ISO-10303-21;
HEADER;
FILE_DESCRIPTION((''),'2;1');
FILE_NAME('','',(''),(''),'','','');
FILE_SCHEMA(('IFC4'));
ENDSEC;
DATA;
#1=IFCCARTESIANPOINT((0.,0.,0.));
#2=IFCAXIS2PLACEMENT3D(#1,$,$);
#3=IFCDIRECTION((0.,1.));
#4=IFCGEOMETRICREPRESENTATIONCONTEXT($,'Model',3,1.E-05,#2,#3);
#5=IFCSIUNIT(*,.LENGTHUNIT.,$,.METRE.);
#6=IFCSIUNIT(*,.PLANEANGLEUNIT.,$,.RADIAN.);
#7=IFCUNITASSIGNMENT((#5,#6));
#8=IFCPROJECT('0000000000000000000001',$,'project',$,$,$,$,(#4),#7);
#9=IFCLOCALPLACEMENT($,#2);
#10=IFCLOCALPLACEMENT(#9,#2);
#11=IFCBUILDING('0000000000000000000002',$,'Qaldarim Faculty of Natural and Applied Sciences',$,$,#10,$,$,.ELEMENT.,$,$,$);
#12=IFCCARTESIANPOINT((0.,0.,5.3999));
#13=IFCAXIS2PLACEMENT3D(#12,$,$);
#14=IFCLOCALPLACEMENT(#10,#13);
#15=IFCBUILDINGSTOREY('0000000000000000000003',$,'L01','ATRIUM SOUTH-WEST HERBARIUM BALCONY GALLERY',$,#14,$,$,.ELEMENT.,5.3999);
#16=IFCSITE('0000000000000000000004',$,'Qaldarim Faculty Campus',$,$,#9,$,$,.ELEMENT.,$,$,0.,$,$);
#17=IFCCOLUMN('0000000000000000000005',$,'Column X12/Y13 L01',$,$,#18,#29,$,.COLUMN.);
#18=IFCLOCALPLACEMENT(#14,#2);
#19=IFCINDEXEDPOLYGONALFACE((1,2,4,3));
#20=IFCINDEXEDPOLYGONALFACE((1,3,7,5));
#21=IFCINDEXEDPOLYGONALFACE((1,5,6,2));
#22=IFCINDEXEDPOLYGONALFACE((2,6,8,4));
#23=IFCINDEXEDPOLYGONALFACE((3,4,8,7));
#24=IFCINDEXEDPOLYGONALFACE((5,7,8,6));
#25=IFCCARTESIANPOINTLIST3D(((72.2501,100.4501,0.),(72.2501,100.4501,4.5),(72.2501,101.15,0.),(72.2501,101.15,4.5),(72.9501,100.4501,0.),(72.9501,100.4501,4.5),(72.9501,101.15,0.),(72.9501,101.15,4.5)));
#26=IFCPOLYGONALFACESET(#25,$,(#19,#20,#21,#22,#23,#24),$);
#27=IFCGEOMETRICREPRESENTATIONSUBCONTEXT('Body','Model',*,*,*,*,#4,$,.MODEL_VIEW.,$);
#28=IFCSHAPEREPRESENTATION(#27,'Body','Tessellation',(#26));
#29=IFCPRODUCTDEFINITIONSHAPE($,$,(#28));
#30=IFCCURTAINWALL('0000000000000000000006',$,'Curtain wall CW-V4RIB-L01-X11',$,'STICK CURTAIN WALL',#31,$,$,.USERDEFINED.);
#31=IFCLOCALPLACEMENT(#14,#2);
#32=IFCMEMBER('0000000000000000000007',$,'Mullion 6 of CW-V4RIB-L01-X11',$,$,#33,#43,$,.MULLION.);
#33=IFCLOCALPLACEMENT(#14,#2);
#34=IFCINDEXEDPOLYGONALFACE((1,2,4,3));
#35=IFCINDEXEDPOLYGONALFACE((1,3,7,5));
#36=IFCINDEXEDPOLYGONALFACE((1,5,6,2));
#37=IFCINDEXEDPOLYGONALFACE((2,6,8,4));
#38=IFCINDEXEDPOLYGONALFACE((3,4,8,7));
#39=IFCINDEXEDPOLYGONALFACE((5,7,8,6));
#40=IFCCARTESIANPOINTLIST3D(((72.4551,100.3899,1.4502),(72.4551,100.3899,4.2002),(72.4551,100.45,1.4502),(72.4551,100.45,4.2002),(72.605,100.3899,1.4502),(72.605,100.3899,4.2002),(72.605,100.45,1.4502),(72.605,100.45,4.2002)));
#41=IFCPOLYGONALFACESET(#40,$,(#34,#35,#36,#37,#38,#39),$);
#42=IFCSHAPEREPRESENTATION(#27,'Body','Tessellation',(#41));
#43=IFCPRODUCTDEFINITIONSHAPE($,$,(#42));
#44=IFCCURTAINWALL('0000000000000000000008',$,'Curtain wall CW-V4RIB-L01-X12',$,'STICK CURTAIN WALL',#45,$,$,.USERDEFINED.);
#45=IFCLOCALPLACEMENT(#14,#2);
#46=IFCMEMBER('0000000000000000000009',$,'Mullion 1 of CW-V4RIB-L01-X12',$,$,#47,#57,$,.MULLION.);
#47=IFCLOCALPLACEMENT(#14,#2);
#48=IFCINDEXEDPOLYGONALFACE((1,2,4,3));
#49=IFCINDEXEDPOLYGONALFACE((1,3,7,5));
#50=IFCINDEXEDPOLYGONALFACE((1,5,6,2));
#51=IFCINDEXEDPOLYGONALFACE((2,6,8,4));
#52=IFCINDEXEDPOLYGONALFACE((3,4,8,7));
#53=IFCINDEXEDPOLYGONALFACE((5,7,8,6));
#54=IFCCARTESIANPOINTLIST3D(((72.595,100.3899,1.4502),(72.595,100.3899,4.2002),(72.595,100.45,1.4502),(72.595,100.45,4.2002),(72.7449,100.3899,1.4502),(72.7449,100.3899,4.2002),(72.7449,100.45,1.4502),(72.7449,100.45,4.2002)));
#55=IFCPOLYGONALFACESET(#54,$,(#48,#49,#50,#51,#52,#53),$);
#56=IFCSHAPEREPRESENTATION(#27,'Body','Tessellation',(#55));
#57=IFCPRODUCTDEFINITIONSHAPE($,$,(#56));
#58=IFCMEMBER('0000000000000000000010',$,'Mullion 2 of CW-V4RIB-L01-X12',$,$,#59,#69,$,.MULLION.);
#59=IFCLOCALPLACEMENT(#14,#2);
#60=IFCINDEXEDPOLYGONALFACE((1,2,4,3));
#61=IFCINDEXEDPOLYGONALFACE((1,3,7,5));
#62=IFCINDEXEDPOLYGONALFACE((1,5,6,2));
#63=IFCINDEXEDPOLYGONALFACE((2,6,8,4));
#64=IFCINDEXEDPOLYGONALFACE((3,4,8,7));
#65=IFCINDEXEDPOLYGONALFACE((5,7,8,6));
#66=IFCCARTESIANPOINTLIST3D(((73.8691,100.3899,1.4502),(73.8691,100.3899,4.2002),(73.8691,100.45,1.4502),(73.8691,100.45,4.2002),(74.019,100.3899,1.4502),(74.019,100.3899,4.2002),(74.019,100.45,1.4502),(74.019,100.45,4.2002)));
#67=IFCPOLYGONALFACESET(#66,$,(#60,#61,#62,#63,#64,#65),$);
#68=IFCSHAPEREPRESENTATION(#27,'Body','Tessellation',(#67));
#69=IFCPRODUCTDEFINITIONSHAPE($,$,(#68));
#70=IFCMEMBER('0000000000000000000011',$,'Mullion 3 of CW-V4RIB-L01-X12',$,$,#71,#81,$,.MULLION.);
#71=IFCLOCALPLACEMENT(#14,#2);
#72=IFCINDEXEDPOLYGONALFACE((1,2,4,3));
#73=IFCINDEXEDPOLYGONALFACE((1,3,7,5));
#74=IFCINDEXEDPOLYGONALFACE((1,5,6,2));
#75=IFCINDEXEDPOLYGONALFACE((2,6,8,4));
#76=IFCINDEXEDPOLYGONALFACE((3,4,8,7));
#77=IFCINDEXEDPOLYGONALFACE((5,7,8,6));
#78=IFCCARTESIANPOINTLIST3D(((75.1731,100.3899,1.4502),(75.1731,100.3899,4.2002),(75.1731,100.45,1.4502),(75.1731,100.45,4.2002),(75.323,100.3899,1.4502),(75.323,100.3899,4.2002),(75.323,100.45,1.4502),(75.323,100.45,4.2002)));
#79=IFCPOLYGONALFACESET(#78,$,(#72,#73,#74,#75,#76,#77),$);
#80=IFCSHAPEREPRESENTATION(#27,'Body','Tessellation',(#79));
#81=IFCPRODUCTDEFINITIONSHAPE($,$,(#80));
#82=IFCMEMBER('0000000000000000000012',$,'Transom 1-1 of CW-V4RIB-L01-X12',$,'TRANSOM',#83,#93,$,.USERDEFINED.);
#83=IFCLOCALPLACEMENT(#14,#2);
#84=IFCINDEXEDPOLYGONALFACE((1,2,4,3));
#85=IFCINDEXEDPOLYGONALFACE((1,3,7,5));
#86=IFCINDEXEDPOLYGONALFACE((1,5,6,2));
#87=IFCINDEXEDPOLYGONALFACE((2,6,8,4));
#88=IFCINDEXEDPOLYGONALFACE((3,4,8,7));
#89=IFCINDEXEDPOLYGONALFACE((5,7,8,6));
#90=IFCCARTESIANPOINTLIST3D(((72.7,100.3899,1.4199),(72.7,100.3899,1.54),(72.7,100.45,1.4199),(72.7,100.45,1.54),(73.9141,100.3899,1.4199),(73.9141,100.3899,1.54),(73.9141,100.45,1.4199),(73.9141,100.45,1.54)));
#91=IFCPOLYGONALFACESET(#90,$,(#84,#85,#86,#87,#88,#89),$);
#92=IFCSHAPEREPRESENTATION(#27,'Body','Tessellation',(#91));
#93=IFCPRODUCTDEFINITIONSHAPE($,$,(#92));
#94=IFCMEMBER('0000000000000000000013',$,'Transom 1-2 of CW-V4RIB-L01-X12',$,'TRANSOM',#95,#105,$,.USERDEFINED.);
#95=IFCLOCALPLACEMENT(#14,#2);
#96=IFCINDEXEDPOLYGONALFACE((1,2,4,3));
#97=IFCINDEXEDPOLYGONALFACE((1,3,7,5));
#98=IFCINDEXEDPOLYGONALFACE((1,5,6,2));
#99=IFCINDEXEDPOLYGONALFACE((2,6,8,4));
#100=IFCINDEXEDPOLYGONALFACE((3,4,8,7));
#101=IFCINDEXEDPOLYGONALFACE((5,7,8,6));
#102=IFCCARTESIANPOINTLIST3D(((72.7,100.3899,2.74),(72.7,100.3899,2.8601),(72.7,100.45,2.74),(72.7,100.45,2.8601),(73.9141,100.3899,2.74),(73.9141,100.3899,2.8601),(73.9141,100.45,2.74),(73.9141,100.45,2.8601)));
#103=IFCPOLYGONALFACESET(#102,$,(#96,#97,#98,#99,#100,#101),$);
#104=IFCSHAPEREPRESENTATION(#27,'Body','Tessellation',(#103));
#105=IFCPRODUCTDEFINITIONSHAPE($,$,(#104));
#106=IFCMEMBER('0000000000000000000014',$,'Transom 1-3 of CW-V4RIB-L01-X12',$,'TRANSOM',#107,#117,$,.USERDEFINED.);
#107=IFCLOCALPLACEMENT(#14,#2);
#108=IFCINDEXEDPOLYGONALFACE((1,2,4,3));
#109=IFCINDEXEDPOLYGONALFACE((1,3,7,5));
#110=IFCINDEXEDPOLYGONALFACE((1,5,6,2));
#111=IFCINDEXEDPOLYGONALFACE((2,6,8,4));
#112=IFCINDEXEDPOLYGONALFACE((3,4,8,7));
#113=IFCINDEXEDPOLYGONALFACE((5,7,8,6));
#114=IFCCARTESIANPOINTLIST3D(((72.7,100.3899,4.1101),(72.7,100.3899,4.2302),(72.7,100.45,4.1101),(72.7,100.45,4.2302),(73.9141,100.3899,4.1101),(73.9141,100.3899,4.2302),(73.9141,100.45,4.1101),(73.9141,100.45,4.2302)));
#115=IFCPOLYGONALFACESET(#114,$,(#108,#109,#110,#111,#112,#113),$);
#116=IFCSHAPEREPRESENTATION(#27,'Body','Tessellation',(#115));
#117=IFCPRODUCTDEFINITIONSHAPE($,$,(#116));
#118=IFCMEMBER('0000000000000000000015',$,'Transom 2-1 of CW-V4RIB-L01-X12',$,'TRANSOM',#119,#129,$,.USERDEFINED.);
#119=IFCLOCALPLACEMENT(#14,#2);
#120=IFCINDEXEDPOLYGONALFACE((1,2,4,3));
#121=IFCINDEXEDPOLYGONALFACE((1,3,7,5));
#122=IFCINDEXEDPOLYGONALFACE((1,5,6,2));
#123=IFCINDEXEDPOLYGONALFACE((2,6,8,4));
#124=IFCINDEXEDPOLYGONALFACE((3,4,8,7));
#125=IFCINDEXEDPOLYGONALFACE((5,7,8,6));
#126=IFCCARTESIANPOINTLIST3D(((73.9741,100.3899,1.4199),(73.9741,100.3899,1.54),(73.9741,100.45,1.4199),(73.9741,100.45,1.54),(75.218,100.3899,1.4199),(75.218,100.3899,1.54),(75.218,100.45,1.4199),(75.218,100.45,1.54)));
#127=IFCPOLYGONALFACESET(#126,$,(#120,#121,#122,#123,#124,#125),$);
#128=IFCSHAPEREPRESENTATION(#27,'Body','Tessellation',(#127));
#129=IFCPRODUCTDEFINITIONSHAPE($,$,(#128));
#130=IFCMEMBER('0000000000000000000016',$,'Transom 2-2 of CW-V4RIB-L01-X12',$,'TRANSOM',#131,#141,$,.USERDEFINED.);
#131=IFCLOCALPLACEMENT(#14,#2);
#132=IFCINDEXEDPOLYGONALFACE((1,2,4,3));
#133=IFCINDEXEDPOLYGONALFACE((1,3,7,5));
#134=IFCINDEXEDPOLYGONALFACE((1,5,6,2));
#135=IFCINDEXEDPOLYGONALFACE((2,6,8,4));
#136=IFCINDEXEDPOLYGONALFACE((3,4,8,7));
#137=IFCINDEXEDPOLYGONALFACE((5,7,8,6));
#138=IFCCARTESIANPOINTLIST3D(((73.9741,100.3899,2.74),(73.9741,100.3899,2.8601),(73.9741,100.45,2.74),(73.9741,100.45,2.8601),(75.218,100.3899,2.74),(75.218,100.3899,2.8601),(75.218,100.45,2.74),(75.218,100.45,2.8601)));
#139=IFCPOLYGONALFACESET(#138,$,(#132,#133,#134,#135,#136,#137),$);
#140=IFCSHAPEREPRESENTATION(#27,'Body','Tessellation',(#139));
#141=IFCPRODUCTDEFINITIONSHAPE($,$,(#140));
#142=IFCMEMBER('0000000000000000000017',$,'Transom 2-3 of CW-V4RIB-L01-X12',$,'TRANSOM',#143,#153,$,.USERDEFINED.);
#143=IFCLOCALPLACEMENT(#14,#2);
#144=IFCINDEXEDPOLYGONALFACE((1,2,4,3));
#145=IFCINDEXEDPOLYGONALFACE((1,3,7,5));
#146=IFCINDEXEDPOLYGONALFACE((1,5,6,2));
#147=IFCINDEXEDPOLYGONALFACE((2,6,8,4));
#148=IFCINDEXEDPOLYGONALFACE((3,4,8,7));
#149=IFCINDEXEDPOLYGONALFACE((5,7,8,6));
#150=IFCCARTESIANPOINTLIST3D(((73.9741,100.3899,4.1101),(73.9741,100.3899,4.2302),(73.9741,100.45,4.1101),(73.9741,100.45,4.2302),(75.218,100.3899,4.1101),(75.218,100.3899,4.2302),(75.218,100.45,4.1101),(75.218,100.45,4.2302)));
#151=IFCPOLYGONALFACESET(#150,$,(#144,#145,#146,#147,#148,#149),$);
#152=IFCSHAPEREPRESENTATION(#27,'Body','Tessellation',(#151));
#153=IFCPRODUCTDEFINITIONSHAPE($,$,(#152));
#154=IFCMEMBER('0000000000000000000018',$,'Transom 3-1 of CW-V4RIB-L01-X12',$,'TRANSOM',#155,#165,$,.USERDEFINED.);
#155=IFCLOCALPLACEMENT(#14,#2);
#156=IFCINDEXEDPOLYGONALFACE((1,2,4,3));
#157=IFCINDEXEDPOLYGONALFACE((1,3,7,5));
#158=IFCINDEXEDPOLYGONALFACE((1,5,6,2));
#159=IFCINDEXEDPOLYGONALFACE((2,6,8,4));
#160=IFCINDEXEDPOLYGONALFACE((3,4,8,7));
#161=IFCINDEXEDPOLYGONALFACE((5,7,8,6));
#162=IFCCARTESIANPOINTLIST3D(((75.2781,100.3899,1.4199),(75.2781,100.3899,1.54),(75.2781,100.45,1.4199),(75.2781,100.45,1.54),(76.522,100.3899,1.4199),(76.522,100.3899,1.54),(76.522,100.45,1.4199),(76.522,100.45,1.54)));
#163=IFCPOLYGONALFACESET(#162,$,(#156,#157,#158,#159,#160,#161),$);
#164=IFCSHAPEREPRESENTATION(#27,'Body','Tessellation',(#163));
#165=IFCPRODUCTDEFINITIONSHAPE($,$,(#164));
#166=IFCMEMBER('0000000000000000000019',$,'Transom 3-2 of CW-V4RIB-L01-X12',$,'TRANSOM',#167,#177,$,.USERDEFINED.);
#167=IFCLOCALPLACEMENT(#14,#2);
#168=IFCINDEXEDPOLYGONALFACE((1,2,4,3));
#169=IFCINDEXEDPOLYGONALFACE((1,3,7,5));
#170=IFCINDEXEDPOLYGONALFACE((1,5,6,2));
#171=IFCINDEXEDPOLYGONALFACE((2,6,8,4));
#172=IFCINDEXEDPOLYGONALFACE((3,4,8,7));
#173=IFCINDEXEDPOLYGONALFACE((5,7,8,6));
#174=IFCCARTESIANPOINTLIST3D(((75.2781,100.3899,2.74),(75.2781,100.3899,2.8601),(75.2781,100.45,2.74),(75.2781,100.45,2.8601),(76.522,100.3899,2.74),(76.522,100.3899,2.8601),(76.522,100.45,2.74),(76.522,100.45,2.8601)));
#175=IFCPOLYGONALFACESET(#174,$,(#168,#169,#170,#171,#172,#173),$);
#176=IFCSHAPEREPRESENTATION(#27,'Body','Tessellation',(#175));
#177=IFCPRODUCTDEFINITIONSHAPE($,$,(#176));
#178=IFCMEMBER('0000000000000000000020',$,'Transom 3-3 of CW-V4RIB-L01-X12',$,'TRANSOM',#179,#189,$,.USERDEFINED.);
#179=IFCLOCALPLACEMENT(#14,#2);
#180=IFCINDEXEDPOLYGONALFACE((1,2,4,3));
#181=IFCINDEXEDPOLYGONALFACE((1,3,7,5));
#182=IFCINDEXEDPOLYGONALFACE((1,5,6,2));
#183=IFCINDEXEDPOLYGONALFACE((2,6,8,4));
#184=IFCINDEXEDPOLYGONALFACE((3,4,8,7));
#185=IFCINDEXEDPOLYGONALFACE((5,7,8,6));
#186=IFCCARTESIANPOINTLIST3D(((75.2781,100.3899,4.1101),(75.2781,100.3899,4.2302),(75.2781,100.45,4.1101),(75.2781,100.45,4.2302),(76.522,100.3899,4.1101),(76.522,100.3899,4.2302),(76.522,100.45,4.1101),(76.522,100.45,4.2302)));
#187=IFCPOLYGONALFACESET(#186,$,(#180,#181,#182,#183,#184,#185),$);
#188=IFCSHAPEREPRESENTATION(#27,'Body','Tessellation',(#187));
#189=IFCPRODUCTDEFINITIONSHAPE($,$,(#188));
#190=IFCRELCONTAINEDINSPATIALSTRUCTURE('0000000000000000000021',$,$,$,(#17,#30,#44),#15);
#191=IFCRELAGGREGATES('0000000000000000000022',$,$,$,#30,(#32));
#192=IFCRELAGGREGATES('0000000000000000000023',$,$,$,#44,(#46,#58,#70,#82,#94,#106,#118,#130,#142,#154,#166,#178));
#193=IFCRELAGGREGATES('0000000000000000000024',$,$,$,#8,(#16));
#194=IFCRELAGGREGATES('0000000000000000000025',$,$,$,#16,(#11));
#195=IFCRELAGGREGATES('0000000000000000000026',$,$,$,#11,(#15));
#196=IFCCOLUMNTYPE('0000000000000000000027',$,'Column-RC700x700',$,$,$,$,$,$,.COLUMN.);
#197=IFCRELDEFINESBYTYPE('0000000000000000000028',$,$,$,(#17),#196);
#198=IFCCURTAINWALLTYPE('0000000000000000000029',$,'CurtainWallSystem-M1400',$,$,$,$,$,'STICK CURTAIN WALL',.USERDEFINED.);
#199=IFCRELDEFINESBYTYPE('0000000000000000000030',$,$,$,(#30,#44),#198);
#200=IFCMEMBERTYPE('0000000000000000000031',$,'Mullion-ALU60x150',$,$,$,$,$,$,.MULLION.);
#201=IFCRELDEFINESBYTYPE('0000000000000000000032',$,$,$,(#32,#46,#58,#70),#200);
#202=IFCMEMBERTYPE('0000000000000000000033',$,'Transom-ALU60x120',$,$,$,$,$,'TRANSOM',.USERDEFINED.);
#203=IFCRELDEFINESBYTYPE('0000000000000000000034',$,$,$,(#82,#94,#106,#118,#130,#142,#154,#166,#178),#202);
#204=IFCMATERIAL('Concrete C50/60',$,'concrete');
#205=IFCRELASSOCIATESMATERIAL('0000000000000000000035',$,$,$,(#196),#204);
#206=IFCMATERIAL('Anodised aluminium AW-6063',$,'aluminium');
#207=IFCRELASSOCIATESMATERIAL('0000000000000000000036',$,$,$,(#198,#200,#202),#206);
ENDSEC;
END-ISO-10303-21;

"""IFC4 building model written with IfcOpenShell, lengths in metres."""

from ifc_helpers import new_model, si_unit, direction, frame, origin, origin_2d, place, context, subcontext, project, spatial, rectangle, extrude, material, material_profile, profile_set, type_object, element, aggregate, save


model = new_model("IFC4")

# Units and contexts
model_context = context("Model", 3, precision=1e-05, world=origin(), true_north=direction((0.0, 1.0)))
body_context = subcontext(model_context, "Body", "Model", "MODEL_VIEW")
ifc_project = project(units=[si_unit("LENGTHUNIT", "METRE"), si_unit("PLANEANGLEUNIT", "RADIAN")], contexts=[model_context])

# Site, building, storey
site_placement = place(None, origin())
site = spatial("IfcSite", under=ifc_project, at=site_placement, Name="Qaldarim Faculty Campus", CompositionType="ELEMENT", RefElevation=0.0)
building_placement = place(site_placement, origin())
building = spatial("IfcBuilding", under=site, at=building_placement, Name="Qaldarim Faculty of Natural and Applied Sciences", CompositionType="ELEMENT")
storey_placement = place(building_placement, frame((0.0, 0.0, 5.3999)))
storey = spatial("IfcBuildingStorey", under=building, at=storey_placement, Name="L01", Description="ATRIUM SOUTH-WEST HERBARIUM BALCONY GALLERY", CompositionType="ELEMENT", Elevation=5.3999)

# Column
ifc_material_1 = material(Name="Concrete C50/60", Category="concrete")
ifc_material_profile_1 = material_profile(ifc_material_1, rectangle(XDim=0.7, YDim=0.7, at=origin_2d()), Name="RC-C700x700")
ifc_profile_set_1 = profile_set([ifc_material_profile_1], Name="Concrete C50/60")
column_type = type_object("IfcColumnType", Name="Column-RC700x700", PredefinedType="COLUMN", material=ifc_profile_set_1)
column_placement = place(storey_placement, frame((72.6001, 100.8, 0.0), z_axis=(0.0, 0.0, 1.0), x_axis=(1.0, 0.0, 0.0)))
element("IfcColumn", 1, at=column_placement, inside=storey, type_object=column_type, Name="Column X12/Y13 L01", PredefinedType="COLUMN", context=body_context, shape_type="SweptSolid", body=[
    extrude(rectangle(XDim=0.7, YDim=0.7, at=origin_2d()), origin(), (0.0, 0.0, 1.0), 4.5),
])

# Curtain wall, member
ifc_material_2 = material(Name="Anodised aluminium AW-6063", Category="aluminium")
curtain_wall_type = type_object("IfcCurtainWallType", Name="CurtainWallSystem-M1400", ElementType="STICK CURTAIN WALL", PredefinedType="USERDEFINED", material=ifc_material_2)
curtain_wall_1_placement = place(storey_placement, origin())
curtain_wall_1 = element("IfcCurtainWall", 2, at=curtain_wall_1_placement, inside=storey, type_object=curtain_wall_type, Name="Curtain wall CW-V4RIB-L01-X11", ObjectType="STICK CURTAIN WALL", PredefinedType="USERDEFINED")
ifc_material_profile_2 = material_profile(ifc_material_2, rectangle(XDim=0.0601, YDim=0.1499, at=origin_2d()), Name="ALU-M60x150")
ifc_profile_set_2 = profile_set([ifc_material_profile_2], Name="Anodised aluminium AW-6063")
member_type_1 = type_object("IfcMemberType", Name="Mullion-ALU60x150", PredefinedType="MULLION", material=ifc_profile_set_2)
member_1_placement = place(storey_placement, frame((72.53, 100.4199, 1.4502), z_axis=(0.0, 0.0, 1.0), x_axis=(0.0, 1.0, 0.0)))
member_1 = element("IfcMember", 3, at=member_1_placement, type_object=member_type_1, Name="Mullion 6 of CW-V4RIB-L01-X11", PredefinedType="MULLION", context=body_context, shape_type="SweptSolid", body=[
    extrude(rectangle(XDim=0.0601, YDim=0.1499, at=origin_2d()), origin(), (0.0, 0.0, 1.0), 2.75),
])

# Curtain wall, members
curtain_wall_2_placement = place(storey_placement, origin())
curtain_wall_2 = element("IfcCurtainWall", 4, at=curtain_wall_2_placement, inside=storey, type_object=curtain_wall_type, Name="Curtain wall CW-V4RIB-L01-X12", ObjectType="STICK CURTAIN WALL", PredefinedType="USERDEFINED")
member_2_placement = place(storey_placement, frame((72.6699, 100.4199, 1.4502), z_axis=(0.0, 0.0, 1.0), x_axis=(0.0, 1.0, 0.0)))
member_2 = element("IfcMember", 5, at=member_2_placement, type_object=member_type_1, Name="Mullion 1 of CW-V4RIB-L01-X12", PredefinedType="MULLION", context=body_context, shape_type="SweptSolid", body=[
    extrude(rectangle(XDim=0.0601, YDim=0.1499, at=origin_2d()), origin(), (0.0, 0.0, 1.0), 2.75),
])
member_3_placement = place(storey_placement, frame((73.9441, 100.4199, 1.4502), z_axis=(0.0, 0.0, 1.0), x_axis=(0.0, 1.0, 0.0)))
member_3 = element("IfcMember", 6, at=member_3_placement, type_object=member_type_1, Name="Mullion 2 of CW-V4RIB-L01-X12", PredefinedType="MULLION", context=body_context, shape_type="SweptSolid", body=[
    extrude(rectangle(XDim=0.0601, YDim=0.1499, at=origin_2d()), origin(), (0.0, 0.0, 1.0), 2.75),
])
member_4_placement = place(storey_placement, frame((75.248, 100.4199, 1.4502), z_axis=(0.0, 0.0, 1.0), x_axis=(0.0, 1.0, 0.0)))
member_4 = element("IfcMember", 7, at=member_4_placement, type_object=member_type_1, Name="Mullion 3 of CW-V4RIB-L01-X12", PredefinedType="MULLION", context=body_context, shape_type="SweptSolid", body=[
    extrude(rectangle(XDim=0.0601, YDim=0.1499, at=origin_2d()), origin(), (0.0, 0.0, 1.0), 2.75),
])
ifc_material_profile_3 = material_profile(ifc_material_2, rectangle(XDim=0.0601, YDim=0.1201, at=origin_2d()), Name="ALU-T60x120")
ifc_profile_set_3 = profile_set([ifc_material_profile_3], Name="Anodised aluminium AW-6063")
member_type_2 = type_object("IfcMemberType", Name="Transom-ALU60x120", ElementType="TRANSOM", PredefinedType="USERDEFINED", material=ifc_profile_set_3)
member_5_placement = place(storey_placement, frame((72.7, 100.4199, 1.48), z_axis=(1.0, 0.0, 0.0), x_axis=(0.0, 1.0, 0.0)))
member_5 = element("IfcMember", 8, at=member_5_placement, type_object=member_type_2, Name="Transom 1-1 of CW-V4RIB-L01-X12", ObjectType="TRANSOM", PredefinedType="USERDEFINED", context=body_context, shape_type="SweptSolid", body=[
    extrude(rectangle(XDim=0.0601, YDim=0.1201, at=origin_2d()), origin(), (0.0, 0.0, 1.0), 1.2141),
])
member_6_placement = place(storey_placement, frame((72.7, 100.4199, 2.8), z_axis=(1.0, 0.0, 0.0), x_axis=(0.0, 1.0, 0.0)))
member_6 = element("IfcMember", 9, at=member_6_placement, type_object=member_type_2, Name="Transom 1-2 of CW-V4RIB-L01-X12", ObjectType="TRANSOM", PredefinedType="USERDEFINED", context=body_context, shape_type="SweptSolid", body=[
    extrude(rectangle(XDim=0.0601, YDim=0.1201, at=origin_2d()), origin(), (0.0, 0.0, 1.0), 1.2141),
])
member_7_placement = place(storey_placement, frame((72.7, 100.4199, 4.1702), z_axis=(1.0, 0.0, 0.0), x_axis=(0.0, 1.0, 0.0)))
member_7 = element("IfcMember", 10, at=member_7_placement, type_object=member_type_2, Name="Transom 1-3 of CW-V4RIB-L01-X12", ObjectType="TRANSOM", PredefinedType="USERDEFINED", context=body_context, shape_type="SweptSolid", body=[
    extrude(rectangle(XDim=0.0601, YDim=0.1201, at=origin_2d()), origin(), (0.0, 0.0, 1.0), 1.2141),
])
member_8_placement = place(storey_placement, frame((73.9741, 100.4199, 1.48), z_axis=(1.0, 0.0, 0.0), x_axis=(0.0, 1.0, 0.0)))
member_8 = element("IfcMember", 11, at=member_8_placement, type_object=member_type_2, Name="Transom 2-1 of CW-V4RIB-L01-X12", ObjectType="TRANSOM", PredefinedType="USERDEFINED", context=body_context, shape_type="SweptSolid", body=[
    extrude(rectangle(XDim=0.0601, YDim=0.1201, at=origin_2d()), origin(), (0.0, 0.0, 1.0), 1.2439),
])
member_9_placement = place(storey_placement, frame((73.9741, 100.4199, 2.8), z_axis=(1.0, 0.0, 0.0), x_axis=(0.0, 1.0, 0.0)))
member_9 = element("IfcMember", 12, at=member_9_placement, type_object=member_type_2, Name="Transom 2-2 of CW-V4RIB-L01-X12", ObjectType="TRANSOM", PredefinedType="USERDEFINED", context=body_context, shape_type="SweptSolid", body=[
    extrude(rectangle(XDim=0.0601, YDim=0.1201, at=origin_2d()), origin(), (0.0, 0.0, 1.0), 1.2439),
])
member_10_placement = place(storey_placement, frame((73.9741, 100.4199, 4.1702), z_axis=(1.0, 0.0, 0.0), x_axis=(0.0, 1.0, 0.0)))
member_10 = element("IfcMember", 13, at=member_10_placement, type_object=member_type_2, Name="Transom 2-3 of CW-V4RIB-L01-X12", ObjectType="TRANSOM", PredefinedType="USERDEFINED", context=body_context, shape_type="SweptSolid", body=[
    extrude(rectangle(XDim=0.0601, YDim=0.1201, at=origin_2d()), origin(), (0.0, 0.0, 1.0), 1.2439),
])
member_11_placement = place(storey_placement, frame((75.2781, 100.4199, 1.48), z_axis=(1.0, 0.0, 0.0), x_axis=(0.0, 1.0, 0.0)))
member_11 = element("IfcMember", 14, at=member_11_placement, type_object=member_type_2, Name="Transom 3-1 of CW-V4RIB-L01-X12", ObjectType="TRANSOM", PredefinedType="USERDEFINED", context=body_context, shape_type="SweptSolid", body=[
    extrude(rectangle(XDim=0.0601, YDim=0.1201, at=origin_2d()), origin(), (0.0, 0.0, 1.0), 1.2439),
])
member_12_placement = place(storey_placement, frame((75.2781, 100.4199, 2.8), z_axis=(1.0, 0.0, 0.0), x_axis=(0.0, 1.0, 0.0)))
member_12 = element("IfcMember", 15, at=member_12_placement, type_object=member_type_2, Name="Transom 3-2 of CW-V4RIB-L01-X12", ObjectType="TRANSOM", PredefinedType="USERDEFINED", context=body_context, shape_type="SweptSolid", body=[
    extrude(rectangle(XDim=0.0601, YDim=0.1201, at=origin_2d()), origin(), (0.0, 0.0, 1.0), 1.2439),
])
member_13_placement = place(storey_placement, frame((75.2781, 100.4199, 4.1702), z_axis=(1.0, 0.0, 0.0), x_axis=(0.0, 1.0, 0.0)))
member_13 = element("IfcMember", 16, at=member_13_placement, type_object=member_type_2, Name="Transom 3-3 of CW-V4RIB-L01-X12", ObjectType="TRANSOM", PredefinedType="USERDEFINED", context=body_context, shape_type="SweptSolid", body=[
    extrude(rectangle(XDim=0.0601, YDim=0.1201, at=origin_2d()), origin(), (0.0, 0.0, 1.0), 1.2439),
])

aggregate(curtain_wall_1, [member_1])
aggregate(curtain_wall_2, [member_2, member_3, member_4, member_5, member_6, member_7, member_8, member_9, member_10, member_11, member_12, member_13])

save(model, "model.ifc")
